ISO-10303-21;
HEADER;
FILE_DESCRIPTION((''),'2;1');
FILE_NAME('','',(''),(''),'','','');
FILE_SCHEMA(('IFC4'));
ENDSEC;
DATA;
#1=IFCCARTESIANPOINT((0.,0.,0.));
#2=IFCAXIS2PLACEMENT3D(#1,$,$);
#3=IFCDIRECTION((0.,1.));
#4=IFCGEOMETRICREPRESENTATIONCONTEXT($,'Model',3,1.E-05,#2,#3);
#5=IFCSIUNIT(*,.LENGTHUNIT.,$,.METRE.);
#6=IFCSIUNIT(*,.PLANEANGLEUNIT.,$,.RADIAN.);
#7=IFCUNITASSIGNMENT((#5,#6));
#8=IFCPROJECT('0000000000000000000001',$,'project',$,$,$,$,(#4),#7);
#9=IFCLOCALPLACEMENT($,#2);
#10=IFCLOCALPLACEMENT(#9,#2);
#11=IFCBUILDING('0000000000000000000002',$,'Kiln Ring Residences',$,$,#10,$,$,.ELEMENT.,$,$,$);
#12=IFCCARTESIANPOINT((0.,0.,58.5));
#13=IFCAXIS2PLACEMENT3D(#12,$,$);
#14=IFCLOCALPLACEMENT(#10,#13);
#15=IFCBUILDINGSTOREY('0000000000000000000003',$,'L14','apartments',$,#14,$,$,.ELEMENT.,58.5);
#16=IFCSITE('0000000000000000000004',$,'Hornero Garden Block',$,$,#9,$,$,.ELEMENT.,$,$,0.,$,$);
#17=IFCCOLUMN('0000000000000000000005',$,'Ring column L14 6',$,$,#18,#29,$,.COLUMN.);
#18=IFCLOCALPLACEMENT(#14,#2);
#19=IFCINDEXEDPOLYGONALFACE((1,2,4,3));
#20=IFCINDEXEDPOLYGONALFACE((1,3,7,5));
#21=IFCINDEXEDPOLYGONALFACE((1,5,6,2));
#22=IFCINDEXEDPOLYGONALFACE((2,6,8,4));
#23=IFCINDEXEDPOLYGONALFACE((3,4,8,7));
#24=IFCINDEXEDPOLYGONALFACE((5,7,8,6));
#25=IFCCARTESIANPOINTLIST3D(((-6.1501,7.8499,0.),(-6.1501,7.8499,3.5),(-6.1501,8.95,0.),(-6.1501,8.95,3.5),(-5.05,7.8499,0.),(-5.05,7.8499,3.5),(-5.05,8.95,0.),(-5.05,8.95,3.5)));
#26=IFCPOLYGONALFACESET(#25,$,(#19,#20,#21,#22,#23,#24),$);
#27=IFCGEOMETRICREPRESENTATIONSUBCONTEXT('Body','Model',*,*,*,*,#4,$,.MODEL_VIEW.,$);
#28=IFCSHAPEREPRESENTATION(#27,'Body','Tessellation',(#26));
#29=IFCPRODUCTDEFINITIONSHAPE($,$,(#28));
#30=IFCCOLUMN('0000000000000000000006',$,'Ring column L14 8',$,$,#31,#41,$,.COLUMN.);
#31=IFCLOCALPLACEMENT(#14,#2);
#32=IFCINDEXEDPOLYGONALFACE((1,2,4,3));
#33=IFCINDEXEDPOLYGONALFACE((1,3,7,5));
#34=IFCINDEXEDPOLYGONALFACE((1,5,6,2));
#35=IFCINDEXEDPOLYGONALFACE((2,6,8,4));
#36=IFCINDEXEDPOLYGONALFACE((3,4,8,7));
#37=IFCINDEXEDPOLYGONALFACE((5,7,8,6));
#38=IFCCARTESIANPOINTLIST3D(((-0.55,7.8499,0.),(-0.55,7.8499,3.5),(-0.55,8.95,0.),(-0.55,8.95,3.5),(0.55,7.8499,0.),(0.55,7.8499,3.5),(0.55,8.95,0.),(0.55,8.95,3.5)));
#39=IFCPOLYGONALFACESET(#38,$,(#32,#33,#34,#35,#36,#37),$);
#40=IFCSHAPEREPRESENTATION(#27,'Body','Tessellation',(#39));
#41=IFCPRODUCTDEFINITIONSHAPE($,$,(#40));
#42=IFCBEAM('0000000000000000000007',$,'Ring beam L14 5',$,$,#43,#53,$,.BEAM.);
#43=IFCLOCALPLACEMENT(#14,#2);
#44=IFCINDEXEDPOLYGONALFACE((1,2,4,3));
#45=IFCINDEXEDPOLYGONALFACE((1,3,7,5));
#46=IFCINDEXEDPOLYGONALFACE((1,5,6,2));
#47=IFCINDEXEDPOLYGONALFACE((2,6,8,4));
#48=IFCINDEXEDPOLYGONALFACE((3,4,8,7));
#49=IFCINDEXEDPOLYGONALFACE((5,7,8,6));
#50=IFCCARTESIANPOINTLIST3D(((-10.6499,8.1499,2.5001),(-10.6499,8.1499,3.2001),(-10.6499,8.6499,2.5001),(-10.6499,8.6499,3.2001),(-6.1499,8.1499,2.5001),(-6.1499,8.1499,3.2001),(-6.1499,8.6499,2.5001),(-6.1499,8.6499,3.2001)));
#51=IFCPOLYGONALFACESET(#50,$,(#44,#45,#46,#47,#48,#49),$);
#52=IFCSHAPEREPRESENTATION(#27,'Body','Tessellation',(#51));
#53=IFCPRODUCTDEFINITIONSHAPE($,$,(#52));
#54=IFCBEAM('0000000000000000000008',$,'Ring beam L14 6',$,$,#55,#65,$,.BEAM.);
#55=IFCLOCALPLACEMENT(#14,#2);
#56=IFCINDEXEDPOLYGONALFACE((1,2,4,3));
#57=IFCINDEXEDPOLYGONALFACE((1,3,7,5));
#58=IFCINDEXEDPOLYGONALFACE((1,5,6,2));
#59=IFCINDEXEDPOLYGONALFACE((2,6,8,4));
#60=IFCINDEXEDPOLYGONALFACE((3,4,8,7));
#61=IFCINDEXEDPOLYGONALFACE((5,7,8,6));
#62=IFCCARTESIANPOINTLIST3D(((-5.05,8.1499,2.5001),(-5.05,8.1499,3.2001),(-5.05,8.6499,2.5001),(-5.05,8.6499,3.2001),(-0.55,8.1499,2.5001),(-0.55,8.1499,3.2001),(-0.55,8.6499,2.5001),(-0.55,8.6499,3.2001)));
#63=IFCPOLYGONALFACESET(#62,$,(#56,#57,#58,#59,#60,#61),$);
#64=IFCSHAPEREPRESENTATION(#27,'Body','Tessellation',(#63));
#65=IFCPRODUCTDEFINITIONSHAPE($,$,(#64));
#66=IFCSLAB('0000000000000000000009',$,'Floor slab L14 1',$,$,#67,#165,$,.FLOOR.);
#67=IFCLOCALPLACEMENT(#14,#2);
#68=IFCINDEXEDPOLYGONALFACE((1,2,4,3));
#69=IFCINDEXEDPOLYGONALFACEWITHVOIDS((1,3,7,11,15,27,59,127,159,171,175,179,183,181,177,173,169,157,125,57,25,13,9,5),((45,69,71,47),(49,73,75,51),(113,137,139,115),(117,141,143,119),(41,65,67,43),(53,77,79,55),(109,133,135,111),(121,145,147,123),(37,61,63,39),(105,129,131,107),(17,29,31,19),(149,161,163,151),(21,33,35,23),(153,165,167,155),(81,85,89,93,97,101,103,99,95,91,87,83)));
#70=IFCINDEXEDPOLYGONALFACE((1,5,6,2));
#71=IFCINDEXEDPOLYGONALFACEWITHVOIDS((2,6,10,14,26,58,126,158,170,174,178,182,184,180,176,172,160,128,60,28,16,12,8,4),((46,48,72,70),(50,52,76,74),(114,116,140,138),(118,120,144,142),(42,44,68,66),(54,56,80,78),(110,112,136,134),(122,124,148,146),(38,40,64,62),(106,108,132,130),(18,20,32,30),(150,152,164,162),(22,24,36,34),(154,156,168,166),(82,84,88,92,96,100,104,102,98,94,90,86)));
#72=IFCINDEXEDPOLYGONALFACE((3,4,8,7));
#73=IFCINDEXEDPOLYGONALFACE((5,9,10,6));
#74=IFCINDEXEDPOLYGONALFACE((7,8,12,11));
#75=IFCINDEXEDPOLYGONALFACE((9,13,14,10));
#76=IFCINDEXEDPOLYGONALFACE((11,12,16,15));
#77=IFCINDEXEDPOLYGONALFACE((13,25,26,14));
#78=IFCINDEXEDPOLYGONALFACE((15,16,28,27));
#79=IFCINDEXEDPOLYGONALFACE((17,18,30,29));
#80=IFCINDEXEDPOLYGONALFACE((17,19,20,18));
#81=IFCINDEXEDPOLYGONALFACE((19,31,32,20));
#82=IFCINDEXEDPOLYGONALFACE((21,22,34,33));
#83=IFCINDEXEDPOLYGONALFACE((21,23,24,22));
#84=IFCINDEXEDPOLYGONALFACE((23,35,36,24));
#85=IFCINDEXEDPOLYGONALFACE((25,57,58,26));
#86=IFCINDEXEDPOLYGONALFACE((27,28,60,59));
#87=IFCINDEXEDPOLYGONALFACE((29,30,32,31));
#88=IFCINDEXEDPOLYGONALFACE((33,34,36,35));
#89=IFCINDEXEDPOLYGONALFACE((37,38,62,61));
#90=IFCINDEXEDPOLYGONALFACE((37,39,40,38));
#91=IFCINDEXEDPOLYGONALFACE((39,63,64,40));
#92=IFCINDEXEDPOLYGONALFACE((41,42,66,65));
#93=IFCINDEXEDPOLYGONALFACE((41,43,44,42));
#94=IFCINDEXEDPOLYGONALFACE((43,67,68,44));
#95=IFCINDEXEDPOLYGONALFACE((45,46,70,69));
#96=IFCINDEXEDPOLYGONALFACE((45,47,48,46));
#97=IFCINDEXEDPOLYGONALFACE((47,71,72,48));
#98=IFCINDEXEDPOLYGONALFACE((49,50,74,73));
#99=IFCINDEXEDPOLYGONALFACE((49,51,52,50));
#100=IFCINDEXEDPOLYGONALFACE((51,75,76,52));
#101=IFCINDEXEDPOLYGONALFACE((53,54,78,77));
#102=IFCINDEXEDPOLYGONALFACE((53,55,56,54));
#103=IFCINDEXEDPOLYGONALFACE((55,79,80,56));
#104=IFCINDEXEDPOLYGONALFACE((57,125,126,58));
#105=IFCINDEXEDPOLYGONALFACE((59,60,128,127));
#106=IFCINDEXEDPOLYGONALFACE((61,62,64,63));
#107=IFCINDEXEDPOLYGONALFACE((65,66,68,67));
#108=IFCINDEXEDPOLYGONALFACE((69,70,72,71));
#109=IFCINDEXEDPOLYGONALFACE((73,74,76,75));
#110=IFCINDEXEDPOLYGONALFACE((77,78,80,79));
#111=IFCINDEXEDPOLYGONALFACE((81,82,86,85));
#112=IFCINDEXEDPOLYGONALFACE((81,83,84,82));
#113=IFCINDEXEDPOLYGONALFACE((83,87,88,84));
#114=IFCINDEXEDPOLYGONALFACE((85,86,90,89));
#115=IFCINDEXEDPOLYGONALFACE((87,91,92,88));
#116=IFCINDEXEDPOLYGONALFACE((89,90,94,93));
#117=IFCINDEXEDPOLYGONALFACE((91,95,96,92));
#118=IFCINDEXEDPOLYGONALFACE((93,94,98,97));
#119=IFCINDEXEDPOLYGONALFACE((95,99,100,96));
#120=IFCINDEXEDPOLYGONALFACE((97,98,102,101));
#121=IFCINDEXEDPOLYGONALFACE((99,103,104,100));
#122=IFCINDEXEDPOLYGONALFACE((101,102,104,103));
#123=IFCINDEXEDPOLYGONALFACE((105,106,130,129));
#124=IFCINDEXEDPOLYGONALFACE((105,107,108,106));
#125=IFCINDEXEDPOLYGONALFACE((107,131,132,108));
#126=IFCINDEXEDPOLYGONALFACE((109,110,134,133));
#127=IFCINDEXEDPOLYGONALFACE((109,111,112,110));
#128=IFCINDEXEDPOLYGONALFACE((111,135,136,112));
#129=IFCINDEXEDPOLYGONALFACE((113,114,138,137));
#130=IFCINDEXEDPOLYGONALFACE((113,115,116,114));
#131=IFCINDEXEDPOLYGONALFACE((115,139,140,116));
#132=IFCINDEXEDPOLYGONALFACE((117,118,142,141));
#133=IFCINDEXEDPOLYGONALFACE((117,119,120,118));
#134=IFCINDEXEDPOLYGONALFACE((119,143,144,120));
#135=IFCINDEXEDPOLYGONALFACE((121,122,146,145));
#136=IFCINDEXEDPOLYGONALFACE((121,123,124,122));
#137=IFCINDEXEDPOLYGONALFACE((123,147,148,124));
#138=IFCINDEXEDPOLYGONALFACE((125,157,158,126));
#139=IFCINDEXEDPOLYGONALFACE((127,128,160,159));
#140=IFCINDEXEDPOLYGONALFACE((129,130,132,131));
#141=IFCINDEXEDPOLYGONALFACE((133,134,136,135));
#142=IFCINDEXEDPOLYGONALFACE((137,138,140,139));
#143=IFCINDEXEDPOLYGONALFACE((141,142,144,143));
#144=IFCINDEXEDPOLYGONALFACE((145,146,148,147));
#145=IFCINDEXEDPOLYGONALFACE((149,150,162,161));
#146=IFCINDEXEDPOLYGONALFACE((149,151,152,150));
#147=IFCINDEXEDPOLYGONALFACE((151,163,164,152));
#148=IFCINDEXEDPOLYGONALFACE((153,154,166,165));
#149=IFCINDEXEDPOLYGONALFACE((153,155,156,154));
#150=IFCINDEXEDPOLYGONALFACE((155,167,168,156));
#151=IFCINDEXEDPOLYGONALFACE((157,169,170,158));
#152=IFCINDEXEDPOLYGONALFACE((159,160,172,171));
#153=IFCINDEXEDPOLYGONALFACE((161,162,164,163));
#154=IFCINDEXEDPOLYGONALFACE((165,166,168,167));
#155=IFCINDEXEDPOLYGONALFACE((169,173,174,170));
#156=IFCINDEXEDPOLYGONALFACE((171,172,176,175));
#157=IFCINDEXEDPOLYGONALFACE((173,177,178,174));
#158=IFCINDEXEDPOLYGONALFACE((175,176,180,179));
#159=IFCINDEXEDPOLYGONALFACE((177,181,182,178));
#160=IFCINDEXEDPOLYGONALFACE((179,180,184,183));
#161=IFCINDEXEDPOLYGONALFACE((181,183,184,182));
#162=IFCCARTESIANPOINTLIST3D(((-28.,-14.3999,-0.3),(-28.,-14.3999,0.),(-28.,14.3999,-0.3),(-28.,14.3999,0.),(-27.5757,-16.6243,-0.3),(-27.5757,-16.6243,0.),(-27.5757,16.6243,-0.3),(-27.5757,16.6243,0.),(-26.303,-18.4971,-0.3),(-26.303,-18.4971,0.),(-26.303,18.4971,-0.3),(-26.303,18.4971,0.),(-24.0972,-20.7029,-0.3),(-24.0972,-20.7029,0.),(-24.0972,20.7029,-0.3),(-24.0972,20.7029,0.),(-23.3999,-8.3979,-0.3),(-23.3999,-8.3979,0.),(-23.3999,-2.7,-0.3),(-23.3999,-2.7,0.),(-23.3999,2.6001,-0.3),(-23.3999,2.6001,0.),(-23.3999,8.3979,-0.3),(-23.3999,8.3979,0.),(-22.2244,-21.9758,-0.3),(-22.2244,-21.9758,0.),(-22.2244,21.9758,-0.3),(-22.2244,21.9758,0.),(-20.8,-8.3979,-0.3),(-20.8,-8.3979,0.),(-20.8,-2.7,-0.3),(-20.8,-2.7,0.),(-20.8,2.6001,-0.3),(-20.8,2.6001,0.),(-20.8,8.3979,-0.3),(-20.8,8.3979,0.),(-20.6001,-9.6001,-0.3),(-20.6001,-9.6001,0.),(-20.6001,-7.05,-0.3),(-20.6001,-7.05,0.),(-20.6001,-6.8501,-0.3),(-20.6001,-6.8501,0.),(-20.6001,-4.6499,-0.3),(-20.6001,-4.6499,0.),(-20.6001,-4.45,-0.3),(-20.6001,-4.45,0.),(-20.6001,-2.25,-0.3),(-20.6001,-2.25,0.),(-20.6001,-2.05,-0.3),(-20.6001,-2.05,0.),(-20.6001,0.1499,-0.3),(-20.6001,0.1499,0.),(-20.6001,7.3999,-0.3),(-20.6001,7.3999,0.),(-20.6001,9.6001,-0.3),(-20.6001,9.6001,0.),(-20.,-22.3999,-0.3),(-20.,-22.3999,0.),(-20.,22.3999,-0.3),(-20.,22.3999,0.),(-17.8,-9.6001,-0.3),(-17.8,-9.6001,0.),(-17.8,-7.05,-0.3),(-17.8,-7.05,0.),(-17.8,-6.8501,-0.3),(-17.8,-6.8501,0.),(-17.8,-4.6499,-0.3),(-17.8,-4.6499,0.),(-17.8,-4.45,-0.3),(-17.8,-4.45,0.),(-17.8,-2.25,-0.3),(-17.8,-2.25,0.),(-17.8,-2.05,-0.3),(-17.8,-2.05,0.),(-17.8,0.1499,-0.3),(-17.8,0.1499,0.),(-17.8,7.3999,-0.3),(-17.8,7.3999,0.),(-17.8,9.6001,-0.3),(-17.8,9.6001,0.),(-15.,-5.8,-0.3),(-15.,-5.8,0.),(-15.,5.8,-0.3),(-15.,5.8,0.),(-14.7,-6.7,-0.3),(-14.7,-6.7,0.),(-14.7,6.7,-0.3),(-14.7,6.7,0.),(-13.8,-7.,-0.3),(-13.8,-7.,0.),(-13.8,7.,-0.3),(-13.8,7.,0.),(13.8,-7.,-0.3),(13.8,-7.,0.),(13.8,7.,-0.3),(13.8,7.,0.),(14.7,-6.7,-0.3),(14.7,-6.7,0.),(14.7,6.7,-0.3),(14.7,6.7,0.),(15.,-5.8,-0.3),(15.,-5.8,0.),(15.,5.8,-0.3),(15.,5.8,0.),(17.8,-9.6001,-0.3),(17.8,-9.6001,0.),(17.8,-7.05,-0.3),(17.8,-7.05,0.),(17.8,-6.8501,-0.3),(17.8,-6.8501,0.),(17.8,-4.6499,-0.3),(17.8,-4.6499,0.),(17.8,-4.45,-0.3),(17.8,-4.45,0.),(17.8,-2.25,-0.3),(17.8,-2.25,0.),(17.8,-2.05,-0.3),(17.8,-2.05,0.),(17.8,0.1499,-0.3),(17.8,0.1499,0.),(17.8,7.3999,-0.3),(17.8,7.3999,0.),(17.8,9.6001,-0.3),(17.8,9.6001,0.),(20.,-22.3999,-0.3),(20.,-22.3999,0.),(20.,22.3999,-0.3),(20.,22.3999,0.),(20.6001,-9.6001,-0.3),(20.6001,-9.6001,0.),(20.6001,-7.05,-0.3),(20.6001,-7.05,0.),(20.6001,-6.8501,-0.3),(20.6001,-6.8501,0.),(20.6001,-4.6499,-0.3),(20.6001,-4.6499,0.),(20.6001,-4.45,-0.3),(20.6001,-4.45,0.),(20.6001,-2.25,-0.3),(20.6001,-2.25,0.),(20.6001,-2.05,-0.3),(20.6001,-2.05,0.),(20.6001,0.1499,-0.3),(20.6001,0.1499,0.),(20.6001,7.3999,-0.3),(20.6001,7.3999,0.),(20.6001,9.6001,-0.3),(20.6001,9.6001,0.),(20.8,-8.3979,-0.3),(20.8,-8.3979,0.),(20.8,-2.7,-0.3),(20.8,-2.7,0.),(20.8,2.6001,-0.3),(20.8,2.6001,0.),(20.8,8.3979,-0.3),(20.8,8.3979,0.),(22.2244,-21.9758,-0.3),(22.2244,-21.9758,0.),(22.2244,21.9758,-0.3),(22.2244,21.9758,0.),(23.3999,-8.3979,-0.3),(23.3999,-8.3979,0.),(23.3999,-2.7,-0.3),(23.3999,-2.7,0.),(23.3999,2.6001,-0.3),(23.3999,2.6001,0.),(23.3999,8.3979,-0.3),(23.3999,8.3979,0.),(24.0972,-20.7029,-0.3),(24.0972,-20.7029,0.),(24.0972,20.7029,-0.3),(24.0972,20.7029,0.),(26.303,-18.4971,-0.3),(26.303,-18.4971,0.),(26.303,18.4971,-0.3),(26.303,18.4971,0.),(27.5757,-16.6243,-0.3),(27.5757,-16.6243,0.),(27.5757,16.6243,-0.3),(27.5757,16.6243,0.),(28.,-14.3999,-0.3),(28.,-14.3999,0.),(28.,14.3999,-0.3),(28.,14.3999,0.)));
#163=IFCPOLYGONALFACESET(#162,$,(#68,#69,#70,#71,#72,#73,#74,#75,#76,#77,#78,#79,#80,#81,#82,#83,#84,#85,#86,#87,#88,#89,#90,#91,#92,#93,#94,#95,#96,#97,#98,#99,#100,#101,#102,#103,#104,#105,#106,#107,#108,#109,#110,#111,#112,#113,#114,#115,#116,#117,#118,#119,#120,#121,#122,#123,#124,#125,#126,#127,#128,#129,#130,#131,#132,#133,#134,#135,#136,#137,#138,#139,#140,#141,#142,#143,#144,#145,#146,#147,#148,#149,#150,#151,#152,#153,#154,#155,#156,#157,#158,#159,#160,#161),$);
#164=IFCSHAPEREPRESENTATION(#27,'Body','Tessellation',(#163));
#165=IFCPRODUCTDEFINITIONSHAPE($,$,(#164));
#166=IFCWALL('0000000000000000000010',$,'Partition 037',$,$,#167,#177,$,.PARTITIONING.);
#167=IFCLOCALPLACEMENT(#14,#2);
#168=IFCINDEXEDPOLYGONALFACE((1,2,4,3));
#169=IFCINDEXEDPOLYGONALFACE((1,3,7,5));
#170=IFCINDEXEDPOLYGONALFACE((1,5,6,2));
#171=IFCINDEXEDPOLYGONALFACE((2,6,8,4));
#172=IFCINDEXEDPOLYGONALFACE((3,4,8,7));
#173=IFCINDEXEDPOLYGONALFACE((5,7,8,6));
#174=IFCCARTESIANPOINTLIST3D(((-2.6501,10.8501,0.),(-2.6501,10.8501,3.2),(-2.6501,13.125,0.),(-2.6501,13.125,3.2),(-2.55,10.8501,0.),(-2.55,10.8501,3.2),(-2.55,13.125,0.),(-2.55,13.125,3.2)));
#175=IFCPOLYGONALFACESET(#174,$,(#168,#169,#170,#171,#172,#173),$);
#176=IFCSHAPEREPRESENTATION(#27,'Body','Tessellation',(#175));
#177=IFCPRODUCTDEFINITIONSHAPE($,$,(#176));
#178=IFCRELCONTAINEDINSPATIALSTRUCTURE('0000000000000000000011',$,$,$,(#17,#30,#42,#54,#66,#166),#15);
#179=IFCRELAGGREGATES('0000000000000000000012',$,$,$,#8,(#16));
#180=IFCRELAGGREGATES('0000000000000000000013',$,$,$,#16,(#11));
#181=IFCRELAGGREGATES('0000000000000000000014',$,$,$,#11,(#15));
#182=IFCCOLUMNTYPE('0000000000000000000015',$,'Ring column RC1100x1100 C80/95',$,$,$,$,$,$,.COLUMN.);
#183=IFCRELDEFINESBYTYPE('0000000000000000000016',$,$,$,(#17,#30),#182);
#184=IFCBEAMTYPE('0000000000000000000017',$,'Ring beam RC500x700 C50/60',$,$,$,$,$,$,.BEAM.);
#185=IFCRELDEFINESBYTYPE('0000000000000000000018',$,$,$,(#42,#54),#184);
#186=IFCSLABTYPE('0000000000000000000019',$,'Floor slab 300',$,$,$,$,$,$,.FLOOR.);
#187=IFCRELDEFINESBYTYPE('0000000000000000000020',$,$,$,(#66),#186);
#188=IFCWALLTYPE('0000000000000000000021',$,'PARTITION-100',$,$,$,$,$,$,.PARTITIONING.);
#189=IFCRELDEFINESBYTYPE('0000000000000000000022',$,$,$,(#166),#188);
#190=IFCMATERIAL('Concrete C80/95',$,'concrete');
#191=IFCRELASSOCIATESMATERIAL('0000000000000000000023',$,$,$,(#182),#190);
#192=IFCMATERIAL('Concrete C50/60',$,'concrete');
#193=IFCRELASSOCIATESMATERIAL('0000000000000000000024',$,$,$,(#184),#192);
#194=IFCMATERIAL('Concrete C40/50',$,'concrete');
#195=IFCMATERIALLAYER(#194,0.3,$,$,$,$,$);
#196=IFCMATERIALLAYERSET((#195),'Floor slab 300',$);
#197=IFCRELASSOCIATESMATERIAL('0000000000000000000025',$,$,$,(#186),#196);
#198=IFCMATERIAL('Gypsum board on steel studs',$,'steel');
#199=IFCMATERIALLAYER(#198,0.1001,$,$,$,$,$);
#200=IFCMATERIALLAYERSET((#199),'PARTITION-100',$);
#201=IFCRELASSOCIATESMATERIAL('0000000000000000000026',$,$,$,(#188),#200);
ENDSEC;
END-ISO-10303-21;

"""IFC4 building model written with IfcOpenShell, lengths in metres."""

from ifc_helpers import new_model, si_unit, direction, frame, frame_2d, origin, origin_2d, place, context, subcontext, project, spatial, polyline, rectangle, outline, extrude, material, layer, layer_set, material_profile, profile_set, type_object, element, save


model = new_model("IFC4")

# Units and contexts
model_context = context("Model", 3, precision=1e-05, world=origin(), true_north=direction((0.0, 1.0)))
body_context = subcontext(model_context, "Body", "Model", "MODEL_VIEW")
ifc_project = project(units=[si_unit("LENGTHUNIT", "METRE"), si_unit("PLANEANGLEUNIT", "RADIAN")], contexts=[model_context])

# Site, building, storey
site_placement = place(None, origin())
site = spatial("IfcSite", under=ifc_project, at=site_placement, Name="Hornero Garden Block", CompositionType="ELEMENT", RefElevation=0.0)
building_placement = place(site_placement, origin())
building = spatial("IfcBuilding", under=site, at=building_placement, Name="Kiln Ring Residences", CompositionType="ELEMENT")
storey_placement = place(building_placement, frame((0.0, 0.0, 58.5)))
storey = spatial("IfcBuildingStorey", under=building, at=storey_placement, Name="L14", Description="apartments", CompositionType="ELEMENT", Elevation=58.5)

# Columns
ifc_material_1 = material(Name="Concrete C80/95", Category="concrete")
ifc_material_profile_1 = material_profile(ifc_material_1, rectangle(XDim=1.1001, YDim=1.1001, at=origin_2d()), Name="RC1100x1100")
ifc_profile_set_1 = profile_set([ifc_material_profile_1], Name="Concrete C80/95")
column_type = type_object("IfcColumnType", Name="Ring column RC1100x1100 C80/95", PredefinedType="COLUMN", material=ifc_profile_set_1)
for number, where, z_axis, x_axis, name in (
    (1, (-5.6001, 8.3999, 0.0), (0.0, 0.0, 1.0), (1.0, 0.0, 0.0), "Ring column L14 6"),
    (2, (0.0, 8.3999, 0.0), (0.0, 0.0, 1.0), (1.0, 0.0, 0.0), "Ring column L14 8"),
):
    element("IfcColumn", number, at=place(storey_placement, frame(where, z_axis=z_axis, x_axis=x_axis)), inside=storey, type_object=column_type, Name=name, PredefinedType="COLUMN", context=body_context, shape_type="SweptSolid", body=[
        extrude(rectangle(XDim=1.1001, YDim=1.1001, at=origin_2d()), origin(), (0.0, 0.0, 1.0), 3.5),
    ])

# Beams
ifc_material_2 = material(Name="Concrete C50/60", Category="concrete")
ifc_material_profile_2 = material_profile(ifc_material_2, rectangle(XDim=0.5, YDim=0.7, at=origin_2d()), Name="RC500x700")
ifc_profile_set_2 = profile_set([ifc_material_profile_2], Name="Concrete C50/60")
beam_type = type_object("IfcBeamType", Name="Ring beam RC500x700 C50/60", PredefinedType="BEAM", material=ifc_profile_set_2)
for number, where, z_axis, x_axis, name in (
    (3, (-10.6499, 8.3999, 2.8501), (1.0, 0.0, 0.0), (0.0, 1.0, 0.0), "Ring beam L14 5"),
    (4, (-5.05, 8.3999, 2.8501), (1.0, 0.0, 0.0), (0.0, 1.0, 0.0), "Ring beam L14 6"),
):
    element("IfcBeam", number, at=place(storey_placement, frame(where, z_axis=z_axis, x_axis=x_axis)), inside=storey, type_object=beam_type, Name=name, PredefinedType="BEAM", context=body_context, shape_type="SweptSolid", body=[
        extrude(rectangle(XDim=0.5, YDim=0.7, at=origin_2d()), origin(), (0.0, 0.0, 1.0), 4.5),
    ])

# Slab
ifc_material_3 = material(Name="Concrete C40/50", Category="concrete")
ifc_layer_1 = layer(ifc_material_3, 0.3)
ifc_layer_set_1 = layer_set([ifc_layer_1], Name="Floor slab 300")
slab_type = type_object("IfcSlabType", Name="Floor slab 300", PredefinedType="FLOOR", material=ifc_layer_set_1)
slab_placement = place(storey_placement, frame((0.0, 0.0, -0.3)))
element("IfcSlab", 5, at=slab_placement, inside=storey, type_object=slab_type, Name="Floor slab L14 1", PredefinedType="FLOOR", context=body_context, shape_type="SweptSolid", body=[
    extrude(outline(polyline([(-26.303, -18.4971), (-24.0972, -20.7029), (-22.2244, -21.9758), (-20.0, -22.3999), (20.0, -22.3999), (22.2244, -21.9758), (24.0972, -20.7029), (26.303, -18.4971), (27.5757, -16.6243), (28.0, -14.3999), (28.0, 14.3999), (27.5757, 16.6243), (26.303, 18.4971), (24.0972, 20.7029), (22.2244, 21.9758), (20.0, 22.3999), (-20.0, 22.3999), (-22.2244, 21.9758), (-24.0972, 20.7029), (-26.303, 18.4971), (-27.5757, 16.6243), (-28.0, 14.3999), (-28.0, -14.3999), (-27.5757, -16.6243), (-26.303, -18.4971)]), holes=[polyline([(-14.7, -6.7), (-15.0, -5.8), (-15.0, 5.8), (-14.7, 6.7), (-13.8, 7.0), (13.8, 7.0), (14.7, 6.7), (15.0, 5.8), (15.0, -5.8), (14.7, -6.7), (13.8, -7.0), (-13.8, -7.0), (-14.7, -6.7)]), polyline([(20.8, -8.3979), (20.8, -2.7), (23.3999, -2.7), (23.3999, -8.3979), (20.8, -8.3979)]), polyline([(20.8, 2.6001), (20.8, 8.3979), (23.3999, 8.3979), (23.3999, 2.6001), (20.8, 2.6001)]), polyline([(17.8, -6.8501), (17.8, -4.6499), (20.6001, -4.6499), (20.6001, -6.8501), (17.8, -6.8501)]), polyline([(17.8, -4.45), (17.8, -2.25), (20.6001, -2.25), (20.6001, -4.45), (17.8, -4.45)]), polyline([(17.8, -2.05), (17.8, 0.1499), (20.6001, 0.1499), (20.6001, -2.05), (17.8, -2.05)]), polyline([(17.8, 7.3999), (17.8, 9.6001), (20.6001, 9.6001), (20.6001, 7.3999), (17.8, 7.3999)]), polyline([(20.6001, -9.6001), (17.8, -9.6001), (17.8, -7.05), (20.6001, -7.05), (20.6001, -9.6001)]), polyline([(-17.8, -7.05), (-17.8, -9.6001), (-20.6001, -9.6001), (-20.6001, -7.05), (-17.8, -7.05)]), polyline([(-17.8, -6.8501), (-20.6001, -6.8501), (-20.6001, -4.6499), (-17.8, -4.6499), (-17.8, -6.8501)]), polyline([(-17.8, -4.45), (-20.6001, -4.45), (-20.6001, -2.25), (-17.8, -2.25), (-17.8, -4.45)]), polyline([(-17.8, -2.05), (-20.6001, -2.05), (-20.6001, 0.1499), (-17.8, 0.1499), (-17.8, -2.05)]), polyline([(-17.8, 7.3999), (-20.6001, 7.3999), (-20.6001, 9.6001), (-17.8, 9.6001), (-17.8, 7.3999)]), polyline([(-20.8, -8.3979), (-23.3999, -8.3979), (-23.3999, -2.7), (-20.8, -2.7), (-20.8, -8.3979)]), polyline([(-20.8, 2.6001), (-23.3999, 2.6001), (-23.3999, 8.3979), (-20.8, 8.3979), (-20.8, 2.6001)])]), origin(), (0.0, 0.0, 1.0), 0.3),
])

# Wall
ifc_material_4 = material(Name="Gypsum board on steel studs", Category="steel")
ifc_layer_2 = layer(ifc_material_4, 0.1001)
ifc_layer_set_2 = layer_set([ifc_layer_2], Name="PARTITION-100")
wall_type_1 = type_object("IfcWallType", Name="PARTITION-100", PredefinedType="PARTITIONING", material=ifc_layer_set_2)
wall_1_placement = place(storey_placement, frame((-2.6001, 10.8501, 0.0), z_axis=(0.0, 0.0, 1.0), x_axis=(0.0, 1.0, 0.0)))
element("IfcWall", 6, at=wall_1_placement, inside=storey, type_object=wall_type_1, Name="Partition 037", PredefinedType="PARTITIONING", context=body_context, shape_type="SweptSolid", body=[
    extrude(rectangle(XDim=2.2749, YDim=0.1001, at=frame_2d((1.1375, 0.0))), origin(), (0.0, 0.0, 1.0), 3.2),
])

save(model, "model.ifc")
